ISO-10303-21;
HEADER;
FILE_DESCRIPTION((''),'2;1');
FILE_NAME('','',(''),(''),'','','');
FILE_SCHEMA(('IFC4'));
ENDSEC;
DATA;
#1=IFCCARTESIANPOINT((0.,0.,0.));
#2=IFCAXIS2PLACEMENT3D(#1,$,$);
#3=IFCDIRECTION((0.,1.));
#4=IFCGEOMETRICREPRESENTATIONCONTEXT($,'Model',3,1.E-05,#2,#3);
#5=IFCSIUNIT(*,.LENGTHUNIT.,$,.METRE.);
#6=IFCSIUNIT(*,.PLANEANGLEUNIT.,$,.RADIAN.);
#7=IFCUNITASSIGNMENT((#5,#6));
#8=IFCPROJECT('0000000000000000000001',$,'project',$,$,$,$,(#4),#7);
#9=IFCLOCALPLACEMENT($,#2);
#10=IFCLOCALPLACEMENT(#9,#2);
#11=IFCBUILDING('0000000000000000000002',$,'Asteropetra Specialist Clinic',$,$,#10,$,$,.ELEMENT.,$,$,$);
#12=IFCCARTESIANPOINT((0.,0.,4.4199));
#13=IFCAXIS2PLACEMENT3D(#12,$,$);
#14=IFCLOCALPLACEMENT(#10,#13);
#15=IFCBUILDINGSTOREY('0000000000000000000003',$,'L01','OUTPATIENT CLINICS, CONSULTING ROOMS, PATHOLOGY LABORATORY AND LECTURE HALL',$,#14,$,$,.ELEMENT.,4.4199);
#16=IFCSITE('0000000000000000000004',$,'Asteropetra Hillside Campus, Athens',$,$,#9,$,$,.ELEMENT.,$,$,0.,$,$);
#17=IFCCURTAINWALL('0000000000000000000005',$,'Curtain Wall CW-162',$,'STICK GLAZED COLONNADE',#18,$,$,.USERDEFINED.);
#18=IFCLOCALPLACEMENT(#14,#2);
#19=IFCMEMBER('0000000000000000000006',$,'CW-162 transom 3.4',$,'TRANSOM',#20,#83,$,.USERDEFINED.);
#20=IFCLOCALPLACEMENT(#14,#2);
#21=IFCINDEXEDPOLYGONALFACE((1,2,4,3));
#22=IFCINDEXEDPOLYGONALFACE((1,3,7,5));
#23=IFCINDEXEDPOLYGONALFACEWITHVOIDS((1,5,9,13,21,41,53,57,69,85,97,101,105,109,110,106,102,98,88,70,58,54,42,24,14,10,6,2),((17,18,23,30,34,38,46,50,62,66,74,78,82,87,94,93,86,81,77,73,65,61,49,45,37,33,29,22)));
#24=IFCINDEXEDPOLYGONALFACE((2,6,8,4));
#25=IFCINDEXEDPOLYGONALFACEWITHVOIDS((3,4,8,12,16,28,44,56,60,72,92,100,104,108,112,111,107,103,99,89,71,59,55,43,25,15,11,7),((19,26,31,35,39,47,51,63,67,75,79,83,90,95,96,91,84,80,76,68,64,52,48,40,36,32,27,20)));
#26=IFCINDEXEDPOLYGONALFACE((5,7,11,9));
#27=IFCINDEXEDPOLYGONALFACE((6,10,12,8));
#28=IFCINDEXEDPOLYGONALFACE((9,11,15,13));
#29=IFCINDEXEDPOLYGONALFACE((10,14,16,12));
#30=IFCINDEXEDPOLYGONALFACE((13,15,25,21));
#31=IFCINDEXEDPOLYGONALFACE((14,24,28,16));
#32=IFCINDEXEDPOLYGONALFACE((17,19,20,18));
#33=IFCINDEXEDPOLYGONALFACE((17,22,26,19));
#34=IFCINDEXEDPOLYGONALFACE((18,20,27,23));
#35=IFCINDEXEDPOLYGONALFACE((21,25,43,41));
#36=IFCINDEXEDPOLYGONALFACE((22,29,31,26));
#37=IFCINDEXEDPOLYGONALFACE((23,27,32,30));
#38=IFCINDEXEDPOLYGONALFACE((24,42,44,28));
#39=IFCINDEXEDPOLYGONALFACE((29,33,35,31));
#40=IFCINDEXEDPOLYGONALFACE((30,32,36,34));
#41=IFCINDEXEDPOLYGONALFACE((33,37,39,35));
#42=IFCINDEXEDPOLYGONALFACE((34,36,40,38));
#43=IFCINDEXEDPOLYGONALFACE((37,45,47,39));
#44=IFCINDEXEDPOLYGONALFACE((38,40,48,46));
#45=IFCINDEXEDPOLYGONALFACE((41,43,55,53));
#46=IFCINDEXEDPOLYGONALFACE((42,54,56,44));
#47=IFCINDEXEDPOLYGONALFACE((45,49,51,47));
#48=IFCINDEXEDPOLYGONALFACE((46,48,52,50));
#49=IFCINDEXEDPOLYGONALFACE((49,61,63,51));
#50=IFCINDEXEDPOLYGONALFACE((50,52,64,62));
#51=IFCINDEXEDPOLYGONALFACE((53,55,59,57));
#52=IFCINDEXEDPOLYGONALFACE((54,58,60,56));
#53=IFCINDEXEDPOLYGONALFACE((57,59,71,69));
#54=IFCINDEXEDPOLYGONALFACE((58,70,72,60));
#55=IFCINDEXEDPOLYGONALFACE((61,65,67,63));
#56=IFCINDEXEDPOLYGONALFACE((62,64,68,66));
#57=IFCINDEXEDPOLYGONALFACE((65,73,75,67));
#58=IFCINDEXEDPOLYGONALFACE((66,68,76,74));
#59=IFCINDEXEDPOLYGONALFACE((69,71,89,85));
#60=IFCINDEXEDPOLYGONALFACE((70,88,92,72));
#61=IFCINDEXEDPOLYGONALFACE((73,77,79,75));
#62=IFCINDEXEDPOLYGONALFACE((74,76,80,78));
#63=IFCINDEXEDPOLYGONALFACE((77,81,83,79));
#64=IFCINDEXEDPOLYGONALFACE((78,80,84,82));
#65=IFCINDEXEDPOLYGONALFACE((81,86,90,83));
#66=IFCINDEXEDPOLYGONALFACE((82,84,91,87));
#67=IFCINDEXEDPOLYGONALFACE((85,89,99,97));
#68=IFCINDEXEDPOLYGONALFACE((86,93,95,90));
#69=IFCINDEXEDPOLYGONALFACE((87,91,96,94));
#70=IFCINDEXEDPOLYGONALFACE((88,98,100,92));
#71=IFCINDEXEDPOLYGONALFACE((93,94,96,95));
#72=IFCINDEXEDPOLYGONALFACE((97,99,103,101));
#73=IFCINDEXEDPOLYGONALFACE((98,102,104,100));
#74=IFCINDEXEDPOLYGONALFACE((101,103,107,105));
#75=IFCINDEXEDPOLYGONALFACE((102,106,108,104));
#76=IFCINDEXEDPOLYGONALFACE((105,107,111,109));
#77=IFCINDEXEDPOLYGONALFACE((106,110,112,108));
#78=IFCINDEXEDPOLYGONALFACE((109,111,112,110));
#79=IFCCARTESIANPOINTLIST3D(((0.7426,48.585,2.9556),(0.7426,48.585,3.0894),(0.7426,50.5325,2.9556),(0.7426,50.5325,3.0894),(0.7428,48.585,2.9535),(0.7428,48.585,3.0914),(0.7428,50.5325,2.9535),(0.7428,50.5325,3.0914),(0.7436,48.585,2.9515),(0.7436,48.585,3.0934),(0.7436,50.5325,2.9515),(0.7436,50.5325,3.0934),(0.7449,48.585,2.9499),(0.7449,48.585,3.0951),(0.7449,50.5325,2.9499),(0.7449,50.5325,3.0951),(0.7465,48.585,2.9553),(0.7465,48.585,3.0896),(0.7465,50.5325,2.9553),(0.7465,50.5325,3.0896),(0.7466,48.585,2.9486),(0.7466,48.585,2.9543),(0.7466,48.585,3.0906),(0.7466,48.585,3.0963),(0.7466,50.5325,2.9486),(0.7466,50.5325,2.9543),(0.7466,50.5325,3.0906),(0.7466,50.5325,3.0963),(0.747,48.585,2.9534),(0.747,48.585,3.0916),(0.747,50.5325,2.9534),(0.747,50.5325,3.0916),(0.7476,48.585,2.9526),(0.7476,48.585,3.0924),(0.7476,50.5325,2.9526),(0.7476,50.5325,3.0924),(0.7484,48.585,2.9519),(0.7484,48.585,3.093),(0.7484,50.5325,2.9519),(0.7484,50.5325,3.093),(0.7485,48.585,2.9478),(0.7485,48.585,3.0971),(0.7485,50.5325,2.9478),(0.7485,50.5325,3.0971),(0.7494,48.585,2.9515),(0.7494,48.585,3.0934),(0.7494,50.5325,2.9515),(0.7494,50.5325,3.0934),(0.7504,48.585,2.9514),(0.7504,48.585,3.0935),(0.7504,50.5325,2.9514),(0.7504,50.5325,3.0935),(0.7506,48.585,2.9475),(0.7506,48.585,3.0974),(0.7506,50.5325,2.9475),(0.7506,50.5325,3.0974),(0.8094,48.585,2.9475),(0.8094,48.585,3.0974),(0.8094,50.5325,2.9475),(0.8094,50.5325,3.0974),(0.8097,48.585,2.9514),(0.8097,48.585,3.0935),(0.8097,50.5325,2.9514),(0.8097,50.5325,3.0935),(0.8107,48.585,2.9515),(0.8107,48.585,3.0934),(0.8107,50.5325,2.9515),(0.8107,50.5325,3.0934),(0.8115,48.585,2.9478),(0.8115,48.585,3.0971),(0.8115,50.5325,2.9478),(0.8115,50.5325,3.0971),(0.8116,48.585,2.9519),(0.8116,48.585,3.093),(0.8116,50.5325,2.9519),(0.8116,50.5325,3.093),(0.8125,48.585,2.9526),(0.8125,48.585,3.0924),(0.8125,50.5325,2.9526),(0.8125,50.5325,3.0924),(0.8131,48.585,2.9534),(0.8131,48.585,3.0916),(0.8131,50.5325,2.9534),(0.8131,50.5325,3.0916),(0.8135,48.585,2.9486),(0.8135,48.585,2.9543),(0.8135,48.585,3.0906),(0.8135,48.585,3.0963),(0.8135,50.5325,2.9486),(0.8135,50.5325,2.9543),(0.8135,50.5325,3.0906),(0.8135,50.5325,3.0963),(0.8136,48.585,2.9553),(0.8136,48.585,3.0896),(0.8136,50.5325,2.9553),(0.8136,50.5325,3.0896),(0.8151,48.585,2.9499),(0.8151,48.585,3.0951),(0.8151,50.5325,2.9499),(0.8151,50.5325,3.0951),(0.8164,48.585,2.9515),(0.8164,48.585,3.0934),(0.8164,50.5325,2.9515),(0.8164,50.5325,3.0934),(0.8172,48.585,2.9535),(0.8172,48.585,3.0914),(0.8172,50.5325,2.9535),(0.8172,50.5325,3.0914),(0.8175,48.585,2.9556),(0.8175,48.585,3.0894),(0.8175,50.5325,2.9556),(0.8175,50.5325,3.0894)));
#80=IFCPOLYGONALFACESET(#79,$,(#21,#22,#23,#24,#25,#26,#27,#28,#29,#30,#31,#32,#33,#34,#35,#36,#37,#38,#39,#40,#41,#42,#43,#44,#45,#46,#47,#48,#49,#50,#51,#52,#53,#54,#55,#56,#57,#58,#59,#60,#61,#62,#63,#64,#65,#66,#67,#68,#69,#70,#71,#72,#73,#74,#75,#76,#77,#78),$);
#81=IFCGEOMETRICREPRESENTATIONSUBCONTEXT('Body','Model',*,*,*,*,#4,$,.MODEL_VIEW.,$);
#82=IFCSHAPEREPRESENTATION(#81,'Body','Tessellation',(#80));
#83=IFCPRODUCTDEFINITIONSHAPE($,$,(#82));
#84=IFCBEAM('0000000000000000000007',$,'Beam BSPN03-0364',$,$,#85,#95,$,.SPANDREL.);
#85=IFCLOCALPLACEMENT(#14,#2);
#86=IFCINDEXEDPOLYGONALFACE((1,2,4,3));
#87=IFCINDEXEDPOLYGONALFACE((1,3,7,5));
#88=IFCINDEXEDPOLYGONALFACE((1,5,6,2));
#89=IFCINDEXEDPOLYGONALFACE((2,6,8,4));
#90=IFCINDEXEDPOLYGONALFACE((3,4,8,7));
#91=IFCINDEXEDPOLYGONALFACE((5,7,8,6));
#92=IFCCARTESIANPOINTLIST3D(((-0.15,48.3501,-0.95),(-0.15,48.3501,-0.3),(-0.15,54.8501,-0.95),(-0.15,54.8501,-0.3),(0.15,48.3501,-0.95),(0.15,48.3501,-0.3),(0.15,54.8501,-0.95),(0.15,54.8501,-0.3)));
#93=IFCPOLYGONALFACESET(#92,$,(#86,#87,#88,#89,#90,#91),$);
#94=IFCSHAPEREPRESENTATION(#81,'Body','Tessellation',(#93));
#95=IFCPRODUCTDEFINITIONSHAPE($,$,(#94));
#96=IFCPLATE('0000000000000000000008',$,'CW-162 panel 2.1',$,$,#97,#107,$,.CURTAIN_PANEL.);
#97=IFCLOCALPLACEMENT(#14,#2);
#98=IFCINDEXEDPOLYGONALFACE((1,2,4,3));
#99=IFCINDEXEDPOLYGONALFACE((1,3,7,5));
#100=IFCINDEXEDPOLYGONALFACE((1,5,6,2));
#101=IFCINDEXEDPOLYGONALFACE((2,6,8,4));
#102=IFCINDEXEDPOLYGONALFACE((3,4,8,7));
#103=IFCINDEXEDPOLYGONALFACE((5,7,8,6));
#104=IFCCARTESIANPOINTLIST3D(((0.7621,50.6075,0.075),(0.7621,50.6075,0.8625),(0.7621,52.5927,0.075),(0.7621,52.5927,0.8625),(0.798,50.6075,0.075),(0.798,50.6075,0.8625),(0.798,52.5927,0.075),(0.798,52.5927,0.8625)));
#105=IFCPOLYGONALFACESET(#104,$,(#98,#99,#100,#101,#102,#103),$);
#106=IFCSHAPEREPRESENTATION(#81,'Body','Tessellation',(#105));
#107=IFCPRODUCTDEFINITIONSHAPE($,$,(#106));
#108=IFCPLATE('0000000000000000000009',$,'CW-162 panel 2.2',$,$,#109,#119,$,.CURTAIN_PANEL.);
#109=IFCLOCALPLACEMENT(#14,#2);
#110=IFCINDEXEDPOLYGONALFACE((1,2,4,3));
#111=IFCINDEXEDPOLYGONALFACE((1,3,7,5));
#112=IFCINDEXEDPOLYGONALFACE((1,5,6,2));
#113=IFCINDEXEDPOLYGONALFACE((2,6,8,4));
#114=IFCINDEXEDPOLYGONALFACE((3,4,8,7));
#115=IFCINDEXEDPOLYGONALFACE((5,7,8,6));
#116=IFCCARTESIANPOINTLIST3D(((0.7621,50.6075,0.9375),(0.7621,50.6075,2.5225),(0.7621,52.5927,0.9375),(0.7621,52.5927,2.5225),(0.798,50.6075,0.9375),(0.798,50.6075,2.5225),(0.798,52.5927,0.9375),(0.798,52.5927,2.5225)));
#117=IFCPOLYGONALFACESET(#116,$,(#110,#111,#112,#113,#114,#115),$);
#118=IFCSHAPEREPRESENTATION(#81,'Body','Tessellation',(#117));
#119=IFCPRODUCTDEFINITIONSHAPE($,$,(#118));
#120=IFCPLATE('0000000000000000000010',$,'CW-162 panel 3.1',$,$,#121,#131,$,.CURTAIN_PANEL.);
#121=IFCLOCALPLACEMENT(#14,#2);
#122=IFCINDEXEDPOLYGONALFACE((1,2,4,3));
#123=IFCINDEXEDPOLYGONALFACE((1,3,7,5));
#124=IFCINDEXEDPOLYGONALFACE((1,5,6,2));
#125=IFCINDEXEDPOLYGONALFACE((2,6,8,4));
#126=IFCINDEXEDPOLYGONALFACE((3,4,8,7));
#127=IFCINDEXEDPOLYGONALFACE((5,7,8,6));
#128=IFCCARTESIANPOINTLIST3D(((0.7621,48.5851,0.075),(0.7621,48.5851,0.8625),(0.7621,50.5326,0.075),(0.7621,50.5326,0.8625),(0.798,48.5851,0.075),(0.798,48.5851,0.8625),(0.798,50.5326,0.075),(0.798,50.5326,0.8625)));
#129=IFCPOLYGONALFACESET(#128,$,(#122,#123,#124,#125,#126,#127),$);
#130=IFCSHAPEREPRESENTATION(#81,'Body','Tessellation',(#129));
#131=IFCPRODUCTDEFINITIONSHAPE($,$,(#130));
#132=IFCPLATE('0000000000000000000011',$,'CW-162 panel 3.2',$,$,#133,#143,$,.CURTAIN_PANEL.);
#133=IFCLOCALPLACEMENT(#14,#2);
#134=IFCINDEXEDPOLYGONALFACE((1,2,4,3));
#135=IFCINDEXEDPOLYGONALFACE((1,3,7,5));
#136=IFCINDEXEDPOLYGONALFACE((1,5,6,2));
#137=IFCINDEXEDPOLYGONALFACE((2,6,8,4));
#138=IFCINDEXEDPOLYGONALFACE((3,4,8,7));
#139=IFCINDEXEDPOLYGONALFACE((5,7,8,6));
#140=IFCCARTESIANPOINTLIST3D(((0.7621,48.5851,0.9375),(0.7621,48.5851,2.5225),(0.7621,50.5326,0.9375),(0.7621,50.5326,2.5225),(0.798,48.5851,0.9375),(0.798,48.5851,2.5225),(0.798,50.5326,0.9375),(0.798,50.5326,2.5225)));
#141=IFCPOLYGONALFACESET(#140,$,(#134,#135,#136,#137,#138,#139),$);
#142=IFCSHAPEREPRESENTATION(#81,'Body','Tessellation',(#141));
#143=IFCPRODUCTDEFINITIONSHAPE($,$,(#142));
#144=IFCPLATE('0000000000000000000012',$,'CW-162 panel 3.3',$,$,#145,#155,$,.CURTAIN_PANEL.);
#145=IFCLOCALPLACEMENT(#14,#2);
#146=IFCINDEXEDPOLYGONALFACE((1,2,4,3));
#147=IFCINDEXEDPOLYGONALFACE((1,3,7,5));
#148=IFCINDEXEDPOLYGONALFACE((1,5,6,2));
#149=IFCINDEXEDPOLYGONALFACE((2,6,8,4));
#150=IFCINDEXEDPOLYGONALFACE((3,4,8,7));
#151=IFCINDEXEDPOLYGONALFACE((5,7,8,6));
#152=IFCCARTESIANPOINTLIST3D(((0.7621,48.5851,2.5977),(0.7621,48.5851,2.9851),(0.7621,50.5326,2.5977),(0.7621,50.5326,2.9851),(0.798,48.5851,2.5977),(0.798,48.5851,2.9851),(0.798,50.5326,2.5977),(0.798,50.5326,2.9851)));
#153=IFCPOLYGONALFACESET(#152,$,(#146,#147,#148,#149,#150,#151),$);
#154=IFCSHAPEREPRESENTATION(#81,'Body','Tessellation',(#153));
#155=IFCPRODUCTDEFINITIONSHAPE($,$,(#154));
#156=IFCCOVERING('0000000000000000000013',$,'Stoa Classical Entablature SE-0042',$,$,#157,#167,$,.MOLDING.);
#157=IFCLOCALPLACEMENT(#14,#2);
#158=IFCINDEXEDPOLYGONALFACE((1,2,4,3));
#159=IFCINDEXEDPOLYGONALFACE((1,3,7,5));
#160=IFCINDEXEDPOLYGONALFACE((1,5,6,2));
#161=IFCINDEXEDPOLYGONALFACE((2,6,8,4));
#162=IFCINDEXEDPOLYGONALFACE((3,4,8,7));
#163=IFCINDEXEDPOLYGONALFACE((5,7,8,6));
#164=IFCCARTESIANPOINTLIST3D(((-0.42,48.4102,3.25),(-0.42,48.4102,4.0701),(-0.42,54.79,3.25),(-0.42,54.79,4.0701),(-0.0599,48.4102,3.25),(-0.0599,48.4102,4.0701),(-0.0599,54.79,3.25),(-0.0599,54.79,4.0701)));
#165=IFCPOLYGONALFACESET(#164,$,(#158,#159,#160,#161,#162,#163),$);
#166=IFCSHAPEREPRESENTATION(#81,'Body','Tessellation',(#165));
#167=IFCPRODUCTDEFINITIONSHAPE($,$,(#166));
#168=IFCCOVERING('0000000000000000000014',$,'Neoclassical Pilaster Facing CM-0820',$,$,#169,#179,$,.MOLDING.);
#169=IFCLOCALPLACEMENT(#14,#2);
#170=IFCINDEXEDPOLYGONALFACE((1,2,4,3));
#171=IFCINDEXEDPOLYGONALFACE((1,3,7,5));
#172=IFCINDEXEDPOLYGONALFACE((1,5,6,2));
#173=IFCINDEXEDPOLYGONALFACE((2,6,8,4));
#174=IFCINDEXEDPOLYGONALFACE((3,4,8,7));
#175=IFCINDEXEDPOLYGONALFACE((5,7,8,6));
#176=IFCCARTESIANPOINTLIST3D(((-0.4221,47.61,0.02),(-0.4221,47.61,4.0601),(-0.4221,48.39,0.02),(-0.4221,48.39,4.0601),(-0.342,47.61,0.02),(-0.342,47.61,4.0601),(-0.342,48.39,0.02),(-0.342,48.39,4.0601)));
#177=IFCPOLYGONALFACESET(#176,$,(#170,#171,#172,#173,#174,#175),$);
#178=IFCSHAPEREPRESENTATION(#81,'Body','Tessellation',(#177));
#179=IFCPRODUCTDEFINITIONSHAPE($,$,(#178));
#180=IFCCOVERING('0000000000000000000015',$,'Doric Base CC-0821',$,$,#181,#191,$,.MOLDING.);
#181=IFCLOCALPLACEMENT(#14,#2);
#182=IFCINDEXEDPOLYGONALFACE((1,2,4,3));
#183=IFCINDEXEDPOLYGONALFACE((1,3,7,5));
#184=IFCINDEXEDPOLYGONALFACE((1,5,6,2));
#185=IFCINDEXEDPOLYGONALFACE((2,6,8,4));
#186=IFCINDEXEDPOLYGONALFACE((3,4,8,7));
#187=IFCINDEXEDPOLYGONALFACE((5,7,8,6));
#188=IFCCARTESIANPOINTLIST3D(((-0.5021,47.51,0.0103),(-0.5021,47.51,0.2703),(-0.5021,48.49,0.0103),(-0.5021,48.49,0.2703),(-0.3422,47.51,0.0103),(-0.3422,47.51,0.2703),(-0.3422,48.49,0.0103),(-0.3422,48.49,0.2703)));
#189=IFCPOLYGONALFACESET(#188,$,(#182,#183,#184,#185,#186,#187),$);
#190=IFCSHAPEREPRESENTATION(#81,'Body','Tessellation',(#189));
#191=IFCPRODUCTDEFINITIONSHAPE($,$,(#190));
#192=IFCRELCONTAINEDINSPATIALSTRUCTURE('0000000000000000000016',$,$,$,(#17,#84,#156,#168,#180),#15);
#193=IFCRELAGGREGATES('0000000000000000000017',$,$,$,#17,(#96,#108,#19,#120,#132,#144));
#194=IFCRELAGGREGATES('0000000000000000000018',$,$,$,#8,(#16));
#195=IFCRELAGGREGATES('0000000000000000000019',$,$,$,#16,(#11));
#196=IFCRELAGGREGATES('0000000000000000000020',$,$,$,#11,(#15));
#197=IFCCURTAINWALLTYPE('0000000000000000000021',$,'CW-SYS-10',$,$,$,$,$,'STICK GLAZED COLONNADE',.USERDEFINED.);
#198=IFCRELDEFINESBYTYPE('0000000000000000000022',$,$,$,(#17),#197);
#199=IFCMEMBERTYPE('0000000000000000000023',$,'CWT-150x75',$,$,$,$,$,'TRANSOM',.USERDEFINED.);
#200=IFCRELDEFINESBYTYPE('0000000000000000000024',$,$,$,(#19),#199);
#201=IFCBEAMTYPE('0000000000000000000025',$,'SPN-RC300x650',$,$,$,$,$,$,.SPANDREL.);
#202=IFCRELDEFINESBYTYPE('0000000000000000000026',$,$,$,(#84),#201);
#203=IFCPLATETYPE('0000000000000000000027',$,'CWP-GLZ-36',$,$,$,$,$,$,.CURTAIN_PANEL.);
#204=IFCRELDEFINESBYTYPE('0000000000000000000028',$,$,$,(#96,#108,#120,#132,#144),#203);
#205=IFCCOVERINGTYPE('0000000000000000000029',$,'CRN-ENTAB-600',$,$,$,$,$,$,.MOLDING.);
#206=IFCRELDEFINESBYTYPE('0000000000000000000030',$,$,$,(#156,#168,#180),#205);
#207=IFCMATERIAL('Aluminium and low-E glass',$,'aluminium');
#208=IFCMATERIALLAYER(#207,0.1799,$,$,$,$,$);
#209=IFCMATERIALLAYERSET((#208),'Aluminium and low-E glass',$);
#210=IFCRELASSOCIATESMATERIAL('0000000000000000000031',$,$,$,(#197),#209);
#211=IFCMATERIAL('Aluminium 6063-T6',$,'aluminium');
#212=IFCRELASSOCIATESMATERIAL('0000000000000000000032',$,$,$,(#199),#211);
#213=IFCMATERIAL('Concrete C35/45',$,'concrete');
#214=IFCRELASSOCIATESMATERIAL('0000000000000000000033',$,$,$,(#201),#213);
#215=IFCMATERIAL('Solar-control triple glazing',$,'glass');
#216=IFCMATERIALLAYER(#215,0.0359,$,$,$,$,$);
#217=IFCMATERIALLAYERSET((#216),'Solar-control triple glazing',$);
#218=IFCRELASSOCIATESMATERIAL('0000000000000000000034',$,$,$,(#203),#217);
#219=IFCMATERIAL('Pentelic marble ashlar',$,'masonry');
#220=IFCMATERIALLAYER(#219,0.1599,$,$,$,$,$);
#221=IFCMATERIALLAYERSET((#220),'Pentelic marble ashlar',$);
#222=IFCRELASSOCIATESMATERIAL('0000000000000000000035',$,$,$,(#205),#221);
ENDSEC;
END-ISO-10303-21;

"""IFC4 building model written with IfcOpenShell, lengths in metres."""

from ifc_helpers import new_model, si_unit, direction, frame, origin, origin_2d, place, context, subcontext, project, spatial, rectangle, hollow_rectangle, extrude, material, layer, layer_set, material_profile, profile_set, type_object, element, aggregate, save


model = new_model("IFC4")

# Units and contexts
model_context = context("Model", 3, precision=1e-05, world=origin(), true_north=direction((0.0, 1.0)))
body_context = subcontext(model_context, "Body", "Model", "MODEL_VIEW")
ifc_project = project(units=[si_unit("LENGTHUNIT", "METRE"), si_unit("PLANEANGLEUNIT", "RADIAN")], contexts=[model_context])

# Site, building, storey
site_placement = place(None, origin())
site = spatial("IfcSite", under=ifc_project, at=site_placement, Name="Asteropetra Hillside Campus, Athens", CompositionType="ELEMENT", RefElevation=0.0)
building_placement = place(site_placement, origin())
building = spatial("IfcBuilding", under=site, at=building_placement, Name="Asteropetra Specialist Clinic", CompositionType="ELEMENT")
storey_placement = place(building_placement, frame((0.0, 0.0, 4.4199)))
storey = spatial("IfcBuildingStorey", under=building, at=storey_placement, Name="L01", Description="OUTPATIENT CLINICS, CONSULTING ROOMS, PATHOLOGY LABORATORY AND LECTURE HALL", CompositionType="ELEMENT", Elevation=4.4199)

# Shared definitions
ifc_material_1 = material(Name="Aluminium and low-E glass", Category="aluminium")
ifc_layer_1 = layer(ifc_material_1, 0.1799)
ifc_layer_set_1 = layer_set([ifc_layer_1], Name="Aluminium and low-E glass")
curtain_wall_type = type_object("IfcCurtainWallType", Name="CW-SYS-10", ElementType="STICK GLAZED COLONNADE", PredefinedType="USERDEFINED", material=ifc_layer_set_1)

# Curtain wall
curtain_wall_1_placement = place(storey_placement, origin())
curtain_wall_1 = element("IfcCurtainWall", 1, at=curtain_wall_1_placement, inside=storey, type_object=curtain_wall_type, Name="Curtain Wall CW-162", ObjectType="STICK GLAZED COLONNADE", PredefinedType="USERDEFINED")

# Member
ifc_material_2 = material(Name="Aluminium 6063-T6", Category="aluminium")
ifc_material_profile_1 = material_profile(ifc_material_2, hollow_rectangle(XDim=0.075, YDim=0.1499, WallThickness=0.0039, InnerFilletRadius=0.0039, OuterFilletRadius=0.0081, at=origin_2d()), Name="TRN 150x75x4.0")
ifc_profile_set_1 = profile_set([ifc_material_profile_1], Name="Aluminium 6063-T6")
member_type_1 = type_object("IfcMemberType", Name="CWT-150x75", ElementType="TRANSOM", PredefinedType="USERDEFINED", material=ifc_profile_set_1)
member_1_placement = place(storey_placement, frame((0.78, 50.5325, 3.0225), z_axis=(0.0, -1.0, 0.0), x_axis=(1.0, 0.0, 0.0)))
member_1 = element("IfcMember", 2, at=member_1_placement, type_object=member_type_1, Name="CW-162 transom 3.4", ObjectType="TRANSOM", PredefinedType="USERDEFINED", context=body_context, shape_type="SweptSolid", body=[
    extrude(hollow_rectangle(XDim=0.075, YDim=0.1499, WallThickness=0.0039, InnerFilletRadius=0.0039, OuterFilletRadius=0.0081, at=origin_2d()), origin(), (0.0, 0.0, 1.0), 1.9475),
])

# Beam
ifc_material_3 = material(Name="Concrete C35/45", Category="concrete")
ifc_material_profile_2 = material_profile(ifc_material_3, rectangle(XDim=0.3, YDim=0.6499, at=origin_2d()), Name="RCS 300x650")
ifc_profile_set_2 = profile_set([ifc_material_profile_2], Name="Concrete C35/45")
beam_type_1 = type_object("IfcBeamType", Name="SPN-RC300x650", PredefinedType="SPANDREL", material=ifc_profile_set_2)
beam_1_placement = place(storey_placement, frame((0.0, 48.3501, -0.625), z_axis=(0.0, 1.0, 0.0), x_axis=(-1.0, 0.0, 0.0)))
element("IfcBeam", 3, at=beam_1_placement, inside=storey, type_object=beam_type_1, Name="Beam BSPN03-0364", PredefinedType="SPANDREL", context=body_context, shape_type="SweptSolid", body=[
    extrude(rectangle(XDim=0.3, YDim=0.6499, at=origin_2d()), origin(), (0.0, 0.0, 1.0), 6.5),
])

# Plates
ifc_material_4 = material(Name="Solar-control triple glazing", Category="glass")
ifc_layer_2 = layer(ifc_material_4, 0.0359)
ifc_layer_set_2 = layer_set([ifc_layer_2], Name="Solar-control triple glazing")
plate_type = type_object("IfcPlateType", Name="CWP-GLZ-36", PredefinedType="CURTAIN_PANEL", material=ifc_layer_set_2)
plate_1_placement = place(storey_placement, frame((0.78, 51.6001, 0.075), z_axis=(0.0, 0.0, 1.0), x_axis=(0.0, -1.0, 0.0)))
plate_1 = element("IfcPlate", 4, at=plate_1_placement, type_object=plate_type, Name="CW-162 panel 2.1", PredefinedType="CURTAIN_PANEL", context=body_context, shape_type="SweptSolid", body=[
    extrude(rectangle(XDim=1.9851, YDim=0.0359, at=origin_2d()), origin(), (0.0, 0.0, 1.0), 0.7876),
])
plate_2_placement = place(storey_placement, frame((0.78, 51.6001, 0.9375), z_axis=(0.0, 0.0, 1.0), x_axis=(0.0, -1.0, 0.0)))
plate_2 = element("IfcPlate", 5, at=plate_2_placement, type_object=plate_type, Name="CW-162 panel 2.2", PredefinedType="CURTAIN_PANEL", context=body_context, shape_type="SweptSolid", body=[
    extrude(rectangle(XDim=1.9851, YDim=0.0359, at=origin_2d()), origin(), (0.0, 0.0, 1.0), 1.585),
])
plate_3_placement = place(storey_placement, frame((0.78, 49.5588, 0.075), z_axis=(0.0, 0.0, 1.0), x_axis=(0.0, -1.0, 0.0)))
plate_3 = element("IfcPlate", 6, at=plate_3_placement, type_object=plate_type, Name="CW-162 panel 3.1", PredefinedType="CURTAIN_PANEL", context=body_context, shape_type="SweptSolid", body=[
    extrude(rectangle(XDim=1.9475, YDim=0.0359, at=origin_2d()), origin(), (0.0, 0.0, 1.0), 0.7876),
])
plate_4_placement = place(storey_placement, frame((0.78, 49.5588, 0.9375), z_axis=(0.0, 0.0, 1.0), x_axis=(0.0, -1.0, 0.0)))
plate_4 = element("IfcPlate", 7, at=plate_4_placement, type_object=plate_type, Name="CW-162 panel 3.2", PredefinedType="CURTAIN_PANEL", context=body_context, shape_type="SweptSolid", body=[
    extrude(rectangle(XDim=1.9475, YDim=0.0359, at=origin_2d()), origin(), (0.0, 0.0, 1.0), 1.585),
])
plate_5_placement = place(storey_placement, frame((0.78, 49.5588, 2.5977), z_axis=(0.0, 0.0, 1.0), x_axis=(0.0, -1.0, 0.0)))
plate_5 = element("IfcPlate", 8, at=plate_5_placement, type_object=plate_type, Name="CW-162 panel 3.3", PredefinedType="CURTAIN_PANEL", context=body_context, shape_type="SweptSolid", body=[
    extrude(rectangle(XDim=1.9475, YDim=0.0359, at=origin_2d()), origin(), (0.0, 0.0, 1.0), 0.3875),
])
aggregate(curtain_wall_1, [plate_1, plate_2, member_1, plate_3, plate_4, plate_5])

# Coverings
ifc_material_5 = material(Name="Pentelic marble ashlar", Category="masonry")
ifc_layer_3 = layer(ifc_material_5, 0.1599)
ifc_layer_set_3 = layer_set([ifc_layer_3], Name="Pentelic marble ashlar")
covering_type = type_object("IfcCoveringType", Name="CRN-ENTAB-600", PredefinedType="MOLDING", material=ifc_layer_set_3)
covering_1_placement = place(storey_placement, frame((-0.24, 51.6001, 3.25), z_axis=(0.0, 0.0, 1.0), x_axis=(1.0, 0.0, 0.0)))
element("IfcCovering", 9, at=covering_1_placement, inside=storey, type_object=covering_type, Name="Stoa Classical Entablature SE-0042", PredefinedType="MOLDING", context=body_context, shape_type="SweptSolid", body=[
    extrude(rectangle(XDim=0.3601, YDim=6.3799, at=origin_2d()), origin(), (0.0, 0.0, 1.0), 0.8201),
])
covering_2_placement = place(storey_placement, frame((-0.3821, 48.0, 0.02), z_axis=(0.0, 0.0, 1.0), x_axis=(1.0, 0.0, 0.0)))
element("IfcCovering", 10, at=covering_2_placement, inside=storey, type_object=covering_type, Name="Neoclassical Pilaster Facing CM-0820", PredefinedType="MOLDING", context=body_context, shape_type="SweptSolid", body=[
    extrude(rectangle(XDim=0.0801, YDim=0.78, at=origin_2d()), origin(), (0.0, 0.0, 1.0), 4.04),
])
for number, where, z_axis, x_axis, name in (
    (11, (-0.4221, 48.0, 0.0103), (0.0, 0.0, 1.0), (1.0, 0.0, 0.0), "Doric Base CC-0821"),
):
    element("IfcCovering", number, at=place(storey_placement, frame(where, z_axis=z_axis, x_axis=x_axis)), inside=storey, type_object=covering_type, Name=name, PredefinedType="MOLDING", context=body_context, shape_type="SweptSolid", body=[
        extrude(rectangle(XDim=0.1599, YDim=0.98, at=origin_2d()), origin(), (0.0, 0.0, 1.0), 0.26),
    ])

save(model, "model.ifc")
